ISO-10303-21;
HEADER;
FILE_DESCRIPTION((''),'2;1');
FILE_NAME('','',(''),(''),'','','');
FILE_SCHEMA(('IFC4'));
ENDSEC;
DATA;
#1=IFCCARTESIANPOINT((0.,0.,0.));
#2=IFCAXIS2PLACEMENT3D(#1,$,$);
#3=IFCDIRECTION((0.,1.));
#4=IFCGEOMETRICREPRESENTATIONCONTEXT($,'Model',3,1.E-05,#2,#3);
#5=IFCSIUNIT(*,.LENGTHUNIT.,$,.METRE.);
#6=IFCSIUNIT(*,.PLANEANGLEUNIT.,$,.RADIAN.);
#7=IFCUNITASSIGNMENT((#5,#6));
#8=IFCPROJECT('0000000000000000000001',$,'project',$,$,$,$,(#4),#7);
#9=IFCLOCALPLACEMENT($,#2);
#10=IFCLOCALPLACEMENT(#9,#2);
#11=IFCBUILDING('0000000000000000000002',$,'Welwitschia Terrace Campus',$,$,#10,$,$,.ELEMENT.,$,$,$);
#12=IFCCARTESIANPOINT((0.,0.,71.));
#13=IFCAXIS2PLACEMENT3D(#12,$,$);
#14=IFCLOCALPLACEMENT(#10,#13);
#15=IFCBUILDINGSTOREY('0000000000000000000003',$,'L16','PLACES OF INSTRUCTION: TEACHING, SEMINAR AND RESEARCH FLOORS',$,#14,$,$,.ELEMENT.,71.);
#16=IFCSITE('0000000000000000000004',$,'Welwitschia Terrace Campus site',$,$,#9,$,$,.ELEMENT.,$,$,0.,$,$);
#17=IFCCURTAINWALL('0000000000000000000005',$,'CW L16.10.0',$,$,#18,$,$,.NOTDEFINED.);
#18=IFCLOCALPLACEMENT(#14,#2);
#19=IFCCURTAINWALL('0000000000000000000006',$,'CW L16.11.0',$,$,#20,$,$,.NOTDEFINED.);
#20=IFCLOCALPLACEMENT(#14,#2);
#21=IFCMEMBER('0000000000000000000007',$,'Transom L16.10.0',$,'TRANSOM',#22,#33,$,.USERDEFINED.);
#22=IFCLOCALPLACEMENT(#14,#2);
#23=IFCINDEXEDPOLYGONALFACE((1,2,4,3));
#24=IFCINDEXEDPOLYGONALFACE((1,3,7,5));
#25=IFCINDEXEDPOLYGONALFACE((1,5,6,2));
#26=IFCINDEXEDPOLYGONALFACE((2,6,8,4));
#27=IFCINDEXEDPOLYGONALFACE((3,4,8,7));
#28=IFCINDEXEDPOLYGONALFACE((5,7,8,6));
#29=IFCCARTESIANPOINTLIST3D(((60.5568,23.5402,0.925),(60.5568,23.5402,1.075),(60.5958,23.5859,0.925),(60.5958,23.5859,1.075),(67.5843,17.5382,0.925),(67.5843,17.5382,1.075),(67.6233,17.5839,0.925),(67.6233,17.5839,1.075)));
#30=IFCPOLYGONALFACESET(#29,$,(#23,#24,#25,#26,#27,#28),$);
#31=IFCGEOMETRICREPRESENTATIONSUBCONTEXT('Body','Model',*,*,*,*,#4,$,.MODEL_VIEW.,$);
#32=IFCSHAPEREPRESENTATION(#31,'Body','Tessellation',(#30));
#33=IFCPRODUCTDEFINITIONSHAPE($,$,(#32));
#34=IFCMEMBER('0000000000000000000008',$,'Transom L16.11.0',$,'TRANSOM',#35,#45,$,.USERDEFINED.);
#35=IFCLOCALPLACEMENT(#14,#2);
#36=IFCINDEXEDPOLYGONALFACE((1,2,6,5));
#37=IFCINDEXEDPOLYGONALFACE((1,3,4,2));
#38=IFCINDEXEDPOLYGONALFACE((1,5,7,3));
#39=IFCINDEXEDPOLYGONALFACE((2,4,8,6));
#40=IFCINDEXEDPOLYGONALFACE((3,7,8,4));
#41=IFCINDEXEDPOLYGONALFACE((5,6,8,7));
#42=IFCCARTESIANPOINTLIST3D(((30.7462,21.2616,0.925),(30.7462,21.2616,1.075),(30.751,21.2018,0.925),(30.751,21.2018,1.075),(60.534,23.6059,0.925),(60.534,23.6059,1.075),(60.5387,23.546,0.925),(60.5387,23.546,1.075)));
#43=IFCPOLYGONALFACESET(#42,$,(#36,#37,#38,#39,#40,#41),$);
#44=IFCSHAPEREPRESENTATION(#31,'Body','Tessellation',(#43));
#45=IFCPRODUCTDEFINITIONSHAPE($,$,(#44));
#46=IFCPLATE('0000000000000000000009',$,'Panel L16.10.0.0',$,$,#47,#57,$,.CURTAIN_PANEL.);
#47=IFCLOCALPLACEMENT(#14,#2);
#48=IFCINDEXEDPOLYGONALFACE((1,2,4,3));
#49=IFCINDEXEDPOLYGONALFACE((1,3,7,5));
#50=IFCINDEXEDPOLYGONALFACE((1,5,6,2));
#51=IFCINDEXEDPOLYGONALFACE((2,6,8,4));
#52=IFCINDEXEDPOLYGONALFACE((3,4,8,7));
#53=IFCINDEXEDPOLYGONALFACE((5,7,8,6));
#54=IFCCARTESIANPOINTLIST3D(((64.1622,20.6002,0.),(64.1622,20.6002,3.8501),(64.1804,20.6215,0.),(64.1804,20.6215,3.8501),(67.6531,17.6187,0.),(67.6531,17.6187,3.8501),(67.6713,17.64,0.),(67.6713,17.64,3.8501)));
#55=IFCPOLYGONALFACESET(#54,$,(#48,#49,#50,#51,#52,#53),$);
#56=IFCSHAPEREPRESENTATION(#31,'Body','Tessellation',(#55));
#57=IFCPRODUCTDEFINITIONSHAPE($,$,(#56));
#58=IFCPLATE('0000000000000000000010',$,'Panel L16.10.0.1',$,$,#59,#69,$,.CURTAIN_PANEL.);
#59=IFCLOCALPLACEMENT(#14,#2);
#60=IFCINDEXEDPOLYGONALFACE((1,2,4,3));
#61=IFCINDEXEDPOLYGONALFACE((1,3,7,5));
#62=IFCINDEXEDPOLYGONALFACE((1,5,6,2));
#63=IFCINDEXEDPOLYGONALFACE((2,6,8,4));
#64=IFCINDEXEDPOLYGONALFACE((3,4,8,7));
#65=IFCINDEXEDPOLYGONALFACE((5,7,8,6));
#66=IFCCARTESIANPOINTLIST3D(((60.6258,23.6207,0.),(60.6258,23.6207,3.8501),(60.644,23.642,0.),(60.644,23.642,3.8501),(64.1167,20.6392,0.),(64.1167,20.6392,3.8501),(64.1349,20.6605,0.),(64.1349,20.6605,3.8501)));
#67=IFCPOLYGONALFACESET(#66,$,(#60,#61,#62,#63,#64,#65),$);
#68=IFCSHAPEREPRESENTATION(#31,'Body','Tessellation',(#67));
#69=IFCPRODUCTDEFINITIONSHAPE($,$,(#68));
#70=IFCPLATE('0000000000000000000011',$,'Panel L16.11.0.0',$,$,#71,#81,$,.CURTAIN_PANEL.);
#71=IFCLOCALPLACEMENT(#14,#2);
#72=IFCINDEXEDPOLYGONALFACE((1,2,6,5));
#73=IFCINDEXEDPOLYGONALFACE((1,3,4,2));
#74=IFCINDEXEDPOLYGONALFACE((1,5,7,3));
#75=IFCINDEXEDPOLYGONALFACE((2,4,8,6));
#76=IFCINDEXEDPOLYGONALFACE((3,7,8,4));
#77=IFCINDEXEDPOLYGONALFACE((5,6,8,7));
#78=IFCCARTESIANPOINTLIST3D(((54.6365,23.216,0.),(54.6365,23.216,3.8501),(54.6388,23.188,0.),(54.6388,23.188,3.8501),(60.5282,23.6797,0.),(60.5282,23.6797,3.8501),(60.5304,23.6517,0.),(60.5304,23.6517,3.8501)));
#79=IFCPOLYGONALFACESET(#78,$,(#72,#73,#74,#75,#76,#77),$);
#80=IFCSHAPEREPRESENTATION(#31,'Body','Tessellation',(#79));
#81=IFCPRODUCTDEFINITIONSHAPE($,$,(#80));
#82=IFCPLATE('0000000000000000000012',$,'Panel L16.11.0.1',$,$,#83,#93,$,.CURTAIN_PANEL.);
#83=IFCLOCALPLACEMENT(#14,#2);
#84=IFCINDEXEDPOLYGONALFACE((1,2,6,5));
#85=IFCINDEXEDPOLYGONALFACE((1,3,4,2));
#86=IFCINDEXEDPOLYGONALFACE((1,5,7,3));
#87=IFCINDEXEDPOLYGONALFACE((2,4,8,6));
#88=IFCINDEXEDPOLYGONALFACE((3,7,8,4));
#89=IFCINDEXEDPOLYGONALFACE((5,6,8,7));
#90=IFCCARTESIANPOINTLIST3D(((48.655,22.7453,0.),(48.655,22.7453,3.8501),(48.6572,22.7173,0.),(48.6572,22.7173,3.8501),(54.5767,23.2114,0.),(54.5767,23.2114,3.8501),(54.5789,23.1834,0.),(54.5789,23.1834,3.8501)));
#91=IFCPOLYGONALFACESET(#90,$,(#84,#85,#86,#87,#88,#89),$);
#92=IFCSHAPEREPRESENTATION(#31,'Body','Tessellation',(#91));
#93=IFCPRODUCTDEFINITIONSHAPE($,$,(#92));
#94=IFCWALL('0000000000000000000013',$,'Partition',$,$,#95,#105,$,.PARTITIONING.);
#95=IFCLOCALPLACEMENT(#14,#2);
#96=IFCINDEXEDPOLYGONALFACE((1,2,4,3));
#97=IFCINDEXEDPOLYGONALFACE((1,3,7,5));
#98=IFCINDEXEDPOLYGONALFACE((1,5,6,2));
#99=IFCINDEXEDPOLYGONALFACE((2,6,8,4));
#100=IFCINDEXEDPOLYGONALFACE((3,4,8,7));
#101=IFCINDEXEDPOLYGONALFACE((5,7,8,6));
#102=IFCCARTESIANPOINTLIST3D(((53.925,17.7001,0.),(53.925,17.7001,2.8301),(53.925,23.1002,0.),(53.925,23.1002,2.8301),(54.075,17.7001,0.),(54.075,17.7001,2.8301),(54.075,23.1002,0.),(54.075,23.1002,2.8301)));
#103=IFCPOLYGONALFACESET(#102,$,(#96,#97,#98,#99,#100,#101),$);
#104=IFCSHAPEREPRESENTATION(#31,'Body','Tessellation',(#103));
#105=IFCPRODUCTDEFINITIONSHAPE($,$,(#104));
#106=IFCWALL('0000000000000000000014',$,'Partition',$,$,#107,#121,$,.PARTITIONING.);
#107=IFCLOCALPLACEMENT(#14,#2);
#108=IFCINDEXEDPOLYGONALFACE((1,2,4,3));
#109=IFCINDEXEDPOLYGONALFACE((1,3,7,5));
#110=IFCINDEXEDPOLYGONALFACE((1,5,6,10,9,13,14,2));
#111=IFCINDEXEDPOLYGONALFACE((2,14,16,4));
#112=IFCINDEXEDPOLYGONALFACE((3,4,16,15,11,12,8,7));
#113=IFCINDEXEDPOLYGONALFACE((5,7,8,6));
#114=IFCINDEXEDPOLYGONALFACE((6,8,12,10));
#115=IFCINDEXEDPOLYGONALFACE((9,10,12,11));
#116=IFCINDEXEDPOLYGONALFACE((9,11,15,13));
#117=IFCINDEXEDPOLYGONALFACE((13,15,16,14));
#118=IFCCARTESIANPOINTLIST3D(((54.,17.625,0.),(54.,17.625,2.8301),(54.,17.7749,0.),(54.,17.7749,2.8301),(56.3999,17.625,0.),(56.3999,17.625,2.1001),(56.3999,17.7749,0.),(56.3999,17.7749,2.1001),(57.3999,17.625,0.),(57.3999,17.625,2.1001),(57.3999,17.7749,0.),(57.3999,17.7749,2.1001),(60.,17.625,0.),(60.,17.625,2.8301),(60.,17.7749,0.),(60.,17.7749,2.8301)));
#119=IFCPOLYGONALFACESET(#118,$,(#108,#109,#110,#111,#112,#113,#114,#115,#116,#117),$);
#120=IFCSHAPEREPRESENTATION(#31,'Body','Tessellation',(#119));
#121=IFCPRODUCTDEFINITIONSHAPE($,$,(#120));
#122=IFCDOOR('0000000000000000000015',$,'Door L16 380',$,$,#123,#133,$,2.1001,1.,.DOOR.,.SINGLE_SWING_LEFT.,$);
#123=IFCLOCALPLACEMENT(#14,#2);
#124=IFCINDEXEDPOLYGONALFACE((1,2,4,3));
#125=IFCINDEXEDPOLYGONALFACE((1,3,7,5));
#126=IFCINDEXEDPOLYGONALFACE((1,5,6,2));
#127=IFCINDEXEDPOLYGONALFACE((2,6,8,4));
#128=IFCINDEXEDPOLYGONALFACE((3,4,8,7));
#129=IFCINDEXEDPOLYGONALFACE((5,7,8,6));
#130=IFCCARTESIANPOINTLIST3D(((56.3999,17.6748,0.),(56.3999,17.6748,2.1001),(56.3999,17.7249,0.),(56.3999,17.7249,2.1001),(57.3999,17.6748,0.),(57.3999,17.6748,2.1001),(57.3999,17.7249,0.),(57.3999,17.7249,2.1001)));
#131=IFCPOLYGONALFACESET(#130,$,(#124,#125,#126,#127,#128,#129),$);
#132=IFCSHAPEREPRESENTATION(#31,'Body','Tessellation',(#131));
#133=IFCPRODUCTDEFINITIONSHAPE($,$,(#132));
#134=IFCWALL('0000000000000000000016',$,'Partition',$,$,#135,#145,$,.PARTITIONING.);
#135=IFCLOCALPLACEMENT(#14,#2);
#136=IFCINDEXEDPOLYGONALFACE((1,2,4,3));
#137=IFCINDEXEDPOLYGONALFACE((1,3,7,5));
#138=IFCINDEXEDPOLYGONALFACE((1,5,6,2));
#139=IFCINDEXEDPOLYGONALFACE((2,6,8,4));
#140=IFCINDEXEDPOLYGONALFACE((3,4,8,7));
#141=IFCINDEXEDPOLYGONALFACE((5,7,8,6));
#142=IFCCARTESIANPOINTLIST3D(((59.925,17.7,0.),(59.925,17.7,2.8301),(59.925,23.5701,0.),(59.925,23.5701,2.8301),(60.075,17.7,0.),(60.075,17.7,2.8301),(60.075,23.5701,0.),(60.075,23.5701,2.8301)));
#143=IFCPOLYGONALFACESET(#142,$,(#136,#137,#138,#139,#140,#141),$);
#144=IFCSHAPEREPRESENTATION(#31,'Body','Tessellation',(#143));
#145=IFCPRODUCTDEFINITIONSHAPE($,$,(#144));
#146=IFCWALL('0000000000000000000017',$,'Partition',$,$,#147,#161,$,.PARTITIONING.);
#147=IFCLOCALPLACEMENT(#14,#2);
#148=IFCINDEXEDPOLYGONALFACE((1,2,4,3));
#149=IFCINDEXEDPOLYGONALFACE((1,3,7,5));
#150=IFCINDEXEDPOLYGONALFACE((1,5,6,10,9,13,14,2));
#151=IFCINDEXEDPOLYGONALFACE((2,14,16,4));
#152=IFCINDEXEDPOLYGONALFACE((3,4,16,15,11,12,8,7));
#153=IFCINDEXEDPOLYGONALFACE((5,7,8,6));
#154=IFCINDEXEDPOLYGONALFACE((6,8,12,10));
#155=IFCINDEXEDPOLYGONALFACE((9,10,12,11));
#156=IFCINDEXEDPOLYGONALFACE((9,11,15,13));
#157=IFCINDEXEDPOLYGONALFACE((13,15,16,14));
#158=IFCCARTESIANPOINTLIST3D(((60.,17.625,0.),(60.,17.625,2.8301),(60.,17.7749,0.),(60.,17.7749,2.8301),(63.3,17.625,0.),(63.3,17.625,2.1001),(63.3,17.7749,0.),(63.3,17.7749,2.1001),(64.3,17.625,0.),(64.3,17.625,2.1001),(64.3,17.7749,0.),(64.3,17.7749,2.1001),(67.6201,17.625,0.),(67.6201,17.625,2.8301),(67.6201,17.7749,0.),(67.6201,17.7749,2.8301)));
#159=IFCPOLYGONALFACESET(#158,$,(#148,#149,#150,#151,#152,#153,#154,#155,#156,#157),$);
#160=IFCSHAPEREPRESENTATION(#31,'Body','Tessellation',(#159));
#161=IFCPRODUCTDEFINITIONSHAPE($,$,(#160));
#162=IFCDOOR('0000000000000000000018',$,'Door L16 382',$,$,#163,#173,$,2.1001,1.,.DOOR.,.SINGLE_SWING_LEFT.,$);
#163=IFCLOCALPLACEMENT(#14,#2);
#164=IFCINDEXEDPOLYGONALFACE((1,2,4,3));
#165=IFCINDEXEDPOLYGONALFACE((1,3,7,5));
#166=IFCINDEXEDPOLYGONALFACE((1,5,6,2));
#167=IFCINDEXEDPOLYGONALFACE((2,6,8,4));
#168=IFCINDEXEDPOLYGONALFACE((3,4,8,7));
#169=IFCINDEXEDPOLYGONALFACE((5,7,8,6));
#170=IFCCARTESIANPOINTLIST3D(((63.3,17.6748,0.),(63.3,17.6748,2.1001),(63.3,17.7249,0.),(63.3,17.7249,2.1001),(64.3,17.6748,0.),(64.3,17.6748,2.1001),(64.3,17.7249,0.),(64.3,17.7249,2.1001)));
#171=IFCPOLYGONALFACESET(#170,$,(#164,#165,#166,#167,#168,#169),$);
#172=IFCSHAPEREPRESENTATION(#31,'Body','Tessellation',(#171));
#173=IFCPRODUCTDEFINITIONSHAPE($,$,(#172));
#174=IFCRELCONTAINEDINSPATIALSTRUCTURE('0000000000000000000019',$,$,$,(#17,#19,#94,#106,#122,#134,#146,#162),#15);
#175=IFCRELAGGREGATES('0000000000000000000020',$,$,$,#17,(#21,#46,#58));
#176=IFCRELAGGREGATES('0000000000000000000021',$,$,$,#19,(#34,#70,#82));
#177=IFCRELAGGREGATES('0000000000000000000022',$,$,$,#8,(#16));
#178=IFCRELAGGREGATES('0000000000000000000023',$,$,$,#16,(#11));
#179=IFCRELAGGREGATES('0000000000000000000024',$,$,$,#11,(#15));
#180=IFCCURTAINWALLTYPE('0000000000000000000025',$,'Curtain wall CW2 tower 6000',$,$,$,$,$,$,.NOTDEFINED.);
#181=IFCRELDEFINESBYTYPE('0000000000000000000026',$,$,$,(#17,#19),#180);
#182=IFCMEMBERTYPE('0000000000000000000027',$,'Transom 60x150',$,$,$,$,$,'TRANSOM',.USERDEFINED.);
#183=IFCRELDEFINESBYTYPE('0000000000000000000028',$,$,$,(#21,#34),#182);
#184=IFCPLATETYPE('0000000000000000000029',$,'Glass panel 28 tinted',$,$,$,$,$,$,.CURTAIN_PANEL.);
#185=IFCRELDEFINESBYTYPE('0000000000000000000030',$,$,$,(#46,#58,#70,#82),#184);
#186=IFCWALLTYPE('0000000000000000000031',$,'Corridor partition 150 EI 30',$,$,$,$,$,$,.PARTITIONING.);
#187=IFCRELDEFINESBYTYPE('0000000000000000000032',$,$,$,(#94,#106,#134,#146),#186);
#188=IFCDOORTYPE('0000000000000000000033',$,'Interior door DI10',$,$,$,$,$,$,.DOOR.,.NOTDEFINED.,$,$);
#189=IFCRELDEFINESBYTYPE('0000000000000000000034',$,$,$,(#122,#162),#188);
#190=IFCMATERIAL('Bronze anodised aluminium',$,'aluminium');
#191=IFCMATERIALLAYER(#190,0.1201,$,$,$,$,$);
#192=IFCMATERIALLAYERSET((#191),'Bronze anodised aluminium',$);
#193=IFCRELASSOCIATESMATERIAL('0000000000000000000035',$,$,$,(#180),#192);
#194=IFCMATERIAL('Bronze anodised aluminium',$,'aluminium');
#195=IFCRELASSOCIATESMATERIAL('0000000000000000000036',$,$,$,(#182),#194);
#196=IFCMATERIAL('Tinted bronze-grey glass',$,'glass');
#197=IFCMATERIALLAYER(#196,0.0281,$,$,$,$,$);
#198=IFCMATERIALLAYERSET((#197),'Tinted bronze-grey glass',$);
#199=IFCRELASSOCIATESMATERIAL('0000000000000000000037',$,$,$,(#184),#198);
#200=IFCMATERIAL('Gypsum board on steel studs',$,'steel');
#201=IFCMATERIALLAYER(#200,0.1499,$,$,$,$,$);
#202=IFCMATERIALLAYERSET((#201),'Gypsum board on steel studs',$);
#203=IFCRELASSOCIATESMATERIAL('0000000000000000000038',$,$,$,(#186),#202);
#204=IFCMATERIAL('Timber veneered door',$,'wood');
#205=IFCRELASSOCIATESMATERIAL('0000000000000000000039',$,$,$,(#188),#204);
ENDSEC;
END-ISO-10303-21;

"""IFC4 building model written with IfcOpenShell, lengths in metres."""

from ifc_helpers import new_model, si_unit, direction, frame, frame_2d, origin, origin_2d, place, context, subcontext, project, spatial, rectangle, extrude, material, layer, layer_set, material_profile, profile_set, type_object, element, fill, aggregate, save


model = new_model("IFC4")

# Units and contexts
model_context = context("Model", 3, precision=1e-05, world=origin(), true_north=direction((0.0, 1.0)))
body_context = subcontext(model_context, "Body", "Model", "MODEL_VIEW")
ifc_project = project(units=[si_unit("LENGTHUNIT", "METRE"), si_unit("PLANEANGLEUNIT", "RADIAN")], contexts=[model_context])

# Site, building, storey
site_placement = place(None, origin())
site = spatial("IfcSite", under=ifc_project, at=site_placement, Name="Welwitschia Terrace Campus site", CompositionType="ELEMENT", RefElevation=0.0)
building_placement = place(site_placement, origin())
building = spatial("IfcBuilding", under=site, at=building_placement, Name="Welwitschia Terrace Campus", CompositionType="ELEMENT")
storey_placement = place(building_placement, frame((0.0, 0.0, 71.0)))
storey = spatial("IfcBuildingStorey", under=building, at=storey_placement, Name="L16", Description="PLACES OF INSTRUCTION: TEACHING, SEMINAR AND RESEARCH FLOORS", CompositionType="ELEMENT", Elevation=71.0)

# Shared definitions
ifc_material_1 = material(Name="Bronze anodised aluminium", Category="aluminium")
ifc_layer_1 = layer(ifc_material_1, 0.1201)
ifc_layer_set_1 = layer_set([ifc_layer_1], Name="Bronze anodised aluminium")
curtain_wall_type = type_object("IfcCurtainWallType", Name="Curtain wall CW2 tower 6000", PredefinedType="NOTDEFINED", material=ifc_layer_set_1)

# Curtain walls
curtain_wall_1_placement = place(storey_placement, origin())
curtain_wall_1 = element("IfcCurtainWall", 1, at=curtain_wall_1_placement, inside=storey, type_object=curtain_wall_type, Name="CW L16.10.0", PredefinedType="NOTDEFINED")
curtain_wall_2_placement = place(storey_placement, origin())
curtain_wall_2 = element("IfcCurtainWall", 2, at=curtain_wall_2_placement, inside=storey, type_object=curtain_wall_type, Name="CW L16.11.0", PredefinedType="NOTDEFINED")

# Members
ifc_material_2 = material(Name="Bronze anodised aluminium", Category="aluminium")
ifc_material_profile_1 = material_profile(ifc_material_2, rectangle(XDim=0.0601, YDim=0.1499, at=origin_2d()))
ifc_profile_set_1 = profile_set([ifc_material_profile_1], Name="Bronze anodised aluminium")
member_type_1 = type_object("IfcMemberType", Name="Transom 60x150", ElementType="TRANSOM", PredefinedType="USERDEFINED", material=ifc_profile_set_1)
member_1_placement = place(storey_placement, frame((67.6038, 17.561, 1.0), z_axis=(-0.760404, 0.64945, 0.0), x_axis=(-0.64945, -0.760404, 0.0)))
member_1 = element("IfcMember", 3, at=member_1_placement, type_object=member_type_1, Name="Transom L16.10.0", ObjectType="TRANSOM", PredefinedType="USERDEFINED", context=body_context, shape_type="SweptSolid", body=[
    extrude(rectangle(XDim=0.0601, YDim=0.1499, at=origin_2d()), origin(), (0.0, 0.0, 1.0), 9.2417),
])
member_2_placement = place(storey_placement, frame((60.5364, 23.5759, 1.0), z_axis=(-0.996918, -0.078455, 0.0), x_axis=(0.078455, -0.996918, 0.0)))
member_2 = element("IfcMember", 4, at=member_2_placement, type_object=member_type_1, Name="Transom L16.11.0", ObjectType="TRANSOM", PredefinedType="USERDEFINED", context=body_context, shape_type="SweptSolid", body=[
    extrude(rectangle(XDim=0.0601, YDim=0.1499, at=origin_2d()), origin(), (0.0, 0.0, 1.0), 29.8799),
])

# Plates
ifc_material_3 = material(Name="Tinted bronze-grey glass", Category="glass")
ifc_layer_2 = layer(ifc_material_3, 0.0281)
ifc_layer_set_2 = layer_set([ifc_layer_2], Name="Tinted bronze-grey glass")
plate_type = type_object("IfcPlateType", Name="Glass panel 28 tinted", PredefinedType="CURTAIN_PANEL", material=ifc_layer_set_2)
plate_1_placement = place(storey_placement, frame((65.9167, 19.1201, 0.0), z_axis=(0.0, 0.0, 1.0), x_axis=(-0.760406, 0.649448, 0.0)))
plate_1 = element("IfcPlate", 5, at=plate_1_placement, type_object=plate_type, Name="Panel L16.10.0.0", PredefinedType="CURTAIN_PANEL", context=body_context, shape_type="SweptSolid", body=[
    extrude(rectangle(XDim=4.5908, YDim=0.0281, at=origin_2d()), origin(), (0.0, 0.0, 1.0), 3.8501),
])
plate_2_placement = place(storey_placement, frame((62.3804, 22.1406, 0.0), z_axis=(0.0, 0.0, 1.0), x_axis=(-0.760406, 0.649448, 0.0)))
plate_2 = element("IfcPlate", 6, at=plate_2_placement, type_object=plate_type, Name="Panel L16.10.0.1", PredefinedType="CURTAIN_PANEL", context=body_context, shape_type="SweptSolid", body=[
    extrude(rectangle(XDim=4.5908, YDim=0.0281, at=origin_2d()), origin(), (0.0, 0.0, 1.0), 3.8501),
])
aggregate(curtain_wall_1, [member_1, plate_1, plate_2])
plate_3_placement = place(storey_placement, frame((57.5835, 23.4338, 0.0), z_axis=(0.0, 0.0, 1.0), x_axis=(-0.996917, -0.078459, 0.0)))
plate_3 = element("IfcPlate", 7, at=plate_3_placement, type_object=plate_type, Name="Panel L16.11.0.0", PredefinedType="CURTAIN_PANEL", context=body_context, shape_type="SweptSolid", body=[
    extrude(rectangle(XDim=5.9099, YDim=0.0281, at=origin_2d()), origin(), (0.0, 0.0, 1.0), 3.8501),
])
plate_4_placement = place(storey_placement, frame((51.6169, 22.9644, 0.0), z_axis=(0.0, 0.0, 1.0), x_axis=(-0.996917, -0.078459, 0.0)))
plate_4 = element("IfcPlate", 8, at=plate_4_placement, type_object=plate_type, Name="Panel L16.11.0.1", PredefinedType="CURTAIN_PANEL", context=body_context, shape_type="SweptSolid", body=[
    extrude(rectangle(XDim=5.9399, YDim=0.0281, at=origin_2d()), origin(), (0.0, 0.0, 1.0), 3.8501),
])
aggregate(curtain_wall_2, [member_2, plate_3, plate_4])

# Wall
ifc_material_4 = material(Name="Gypsum board on steel studs", Category="steel")
ifc_layer_3 = layer(ifc_material_4, 0.1499)
ifc_layer_set_3 = layer_set([ifc_layer_3], Name="Gypsum board on steel studs")
wall_type_1 = type_object("IfcWallType", Name="Corridor partition 150 EI 30", PredefinedType="PARTITIONING", material=ifc_layer_set_3)
wall_1_placement = place(storey_placement, frame((54.0, 17.7, 0.0), z_axis=(0.0, 0.0, 1.0), x_axis=(0.0, 1.0, 0.0)))
element("IfcWall", 9, at=wall_1_placement, inside=storey, type_object=wall_type_1, Name="Partition", PredefinedType="PARTITIONING", context=body_context, shape_type="SweptSolid", body=[
    extrude(rectangle(XDim=5.4001, YDim=0.1499, at=frame_2d((2.7002, 0.0))), origin(), (0.0, 0.0, 1.0), 2.8301),
])

# Wall, opening, door
wall_2_placement = place(storey_placement, frame((54.0, 17.7, 0.0), z_axis=(0.0, 0.0, 1.0), x_axis=(1.0, 0.0, 0.0)))
wall_2 = element("IfcWall", 10, at=wall_2_placement, inside=storey, type_object=wall_type_1, Name="Partition", PredefinedType="PARTITIONING", context=body_context, shape_type="SweptSolid", body=[
    extrude(rectangle(XDim=6.0, YDim=0.1499, at=frame_2d((3.0, 0.0))), origin(), (0.0, 0.0, 1.0), 2.8301),
])
opening_1_placement = place(wall_2_placement, frame((2.3999, 0.0, 0.0)))
opening_1 = element("IfcOpeningElement", 11, at=opening_1_placement, cuts=wall_2, PredefinedType="OPENING", context=body_context, shape_type="SweptSolid", body=[
    extrude(rectangle(XDim=1.0, YDim=2.1001, at=frame_2d((0.5, 1.05))), frame((0.0, 0.085, 0.0), z_axis=(0.0, -1.0, 0.0), x_axis=(1.0, 0.0, 0.0)), (0.0, 0.0, 1.0), 0.1699),
])
ifc_material_5 = material(Name="Timber veneered door", Category="wood")
door_type = type_object("IfcDoorType", Name="Interior door DI10", OperationType="NOTDEFINED", PredefinedType="DOOR", material=ifc_material_5)
door_1_placement = place(opening_1_placement, origin())
door_1 = element("IfcDoor", 12, at=door_1_placement, inside=storey, type_object=door_type, Name="Door L16 380", OperationType="SINGLE_SWING_LEFT", OverallHeight=2.1001, OverallWidth=1.0, PredefinedType="DOOR", context=body_context, shape_type="SweptSolid", body=[
    extrude(rectangle(XDim=1.0, YDim=2.1001, at=frame_2d((0.5, 1.05))), frame((0.0, 0.0249, 0.0), z_axis=(0.0, -1.0, 0.0), x_axis=(1.0, 0.0, 0.0)), (0.0, 0.0, 1.0), 0.05),
])
fill(opening_1, door_1)

# Wall
wall_3_placement = place(storey_placement, frame((60.0, 17.7, 0.0), z_axis=(0.0, 0.0, 1.0), x_axis=(0.0, 1.0, 0.0)))
element("IfcWall", 13, at=wall_3_placement, inside=storey, type_object=wall_type_1, Name="Partition", PredefinedType="PARTITIONING", context=body_context, shape_type="SweptSolid", body=[
    extrude(rectangle(XDim=5.8701, YDim=0.1499, at=frame_2d((2.9351, 0.0))), origin(), (0.0, 0.0, 1.0), 2.8301),
])

# Wall, opening, door
wall_4_placement = place(storey_placement, frame((60.0, 17.7, 0.0), z_axis=(0.0, 0.0, 1.0), x_axis=(1.0, 0.0, 0.0)))
wall_4 = element("IfcWall", 14, at=wall_4_placement, inside=storey, type_object=wall_type_1, Name="Partition", PredefinedType="PARTITIONING", context=body_context, shape_type="SweptSolid", body=[
    extrude(rectangle(XDim=7.6201, YDim=0.1499, at=frame_2d((3.8101, 0.0))), origin(), (0.0, 0.0, 1.0), 2.8301),
])
opening_2_placement = place(wall_4_placement, frame((3.3, 0.0, 0.0)))
opening_2 = element("IfcOpeningElement", 15, at=opening_2_placement, cuts=wall_4, PredefinedType="OPENING", context=body_context, shape_type="SweptSolid", body=[
    extrude(rectangle(XDim=1.0, YDim=2.1001, at=frame_2d((0.5, 1.05))), frame((0.0, 0.085, 0.0), z_axis=(0.0, -1.0, 0.0), x_axis=(1.0, 0.0, 0.0)), (0.0, 0.0, 1.0), 0.1699),
])
door_2_placement = place(opening_2_placement, origin())
door_2 = element("IfcDoor", 16, at=door_2_placement, inside=storey, type_object=door_type, Name="Door L16 382", OperationType="SINGLE_SWING_LEFT", OverallHeight=2.1001, OverallWidth=1.0, PredefinedType="DOOR", context=body_context, shape_type="SweptSolid", body=[
    extrude(rectangle(XDim=1.0, YDim=2.1001, at=frame_2d((0.5, 1.05))), frame((0.0, 0.0249, 0.0), z_axis=(0.0, -1.0, 0.0), x_axis=(1.0, 0.0, 0.0)), (0.0, 0.0, 1.0), 0.05),
])
fill(opening_2, door_2)

save(model, "model.ifc")
